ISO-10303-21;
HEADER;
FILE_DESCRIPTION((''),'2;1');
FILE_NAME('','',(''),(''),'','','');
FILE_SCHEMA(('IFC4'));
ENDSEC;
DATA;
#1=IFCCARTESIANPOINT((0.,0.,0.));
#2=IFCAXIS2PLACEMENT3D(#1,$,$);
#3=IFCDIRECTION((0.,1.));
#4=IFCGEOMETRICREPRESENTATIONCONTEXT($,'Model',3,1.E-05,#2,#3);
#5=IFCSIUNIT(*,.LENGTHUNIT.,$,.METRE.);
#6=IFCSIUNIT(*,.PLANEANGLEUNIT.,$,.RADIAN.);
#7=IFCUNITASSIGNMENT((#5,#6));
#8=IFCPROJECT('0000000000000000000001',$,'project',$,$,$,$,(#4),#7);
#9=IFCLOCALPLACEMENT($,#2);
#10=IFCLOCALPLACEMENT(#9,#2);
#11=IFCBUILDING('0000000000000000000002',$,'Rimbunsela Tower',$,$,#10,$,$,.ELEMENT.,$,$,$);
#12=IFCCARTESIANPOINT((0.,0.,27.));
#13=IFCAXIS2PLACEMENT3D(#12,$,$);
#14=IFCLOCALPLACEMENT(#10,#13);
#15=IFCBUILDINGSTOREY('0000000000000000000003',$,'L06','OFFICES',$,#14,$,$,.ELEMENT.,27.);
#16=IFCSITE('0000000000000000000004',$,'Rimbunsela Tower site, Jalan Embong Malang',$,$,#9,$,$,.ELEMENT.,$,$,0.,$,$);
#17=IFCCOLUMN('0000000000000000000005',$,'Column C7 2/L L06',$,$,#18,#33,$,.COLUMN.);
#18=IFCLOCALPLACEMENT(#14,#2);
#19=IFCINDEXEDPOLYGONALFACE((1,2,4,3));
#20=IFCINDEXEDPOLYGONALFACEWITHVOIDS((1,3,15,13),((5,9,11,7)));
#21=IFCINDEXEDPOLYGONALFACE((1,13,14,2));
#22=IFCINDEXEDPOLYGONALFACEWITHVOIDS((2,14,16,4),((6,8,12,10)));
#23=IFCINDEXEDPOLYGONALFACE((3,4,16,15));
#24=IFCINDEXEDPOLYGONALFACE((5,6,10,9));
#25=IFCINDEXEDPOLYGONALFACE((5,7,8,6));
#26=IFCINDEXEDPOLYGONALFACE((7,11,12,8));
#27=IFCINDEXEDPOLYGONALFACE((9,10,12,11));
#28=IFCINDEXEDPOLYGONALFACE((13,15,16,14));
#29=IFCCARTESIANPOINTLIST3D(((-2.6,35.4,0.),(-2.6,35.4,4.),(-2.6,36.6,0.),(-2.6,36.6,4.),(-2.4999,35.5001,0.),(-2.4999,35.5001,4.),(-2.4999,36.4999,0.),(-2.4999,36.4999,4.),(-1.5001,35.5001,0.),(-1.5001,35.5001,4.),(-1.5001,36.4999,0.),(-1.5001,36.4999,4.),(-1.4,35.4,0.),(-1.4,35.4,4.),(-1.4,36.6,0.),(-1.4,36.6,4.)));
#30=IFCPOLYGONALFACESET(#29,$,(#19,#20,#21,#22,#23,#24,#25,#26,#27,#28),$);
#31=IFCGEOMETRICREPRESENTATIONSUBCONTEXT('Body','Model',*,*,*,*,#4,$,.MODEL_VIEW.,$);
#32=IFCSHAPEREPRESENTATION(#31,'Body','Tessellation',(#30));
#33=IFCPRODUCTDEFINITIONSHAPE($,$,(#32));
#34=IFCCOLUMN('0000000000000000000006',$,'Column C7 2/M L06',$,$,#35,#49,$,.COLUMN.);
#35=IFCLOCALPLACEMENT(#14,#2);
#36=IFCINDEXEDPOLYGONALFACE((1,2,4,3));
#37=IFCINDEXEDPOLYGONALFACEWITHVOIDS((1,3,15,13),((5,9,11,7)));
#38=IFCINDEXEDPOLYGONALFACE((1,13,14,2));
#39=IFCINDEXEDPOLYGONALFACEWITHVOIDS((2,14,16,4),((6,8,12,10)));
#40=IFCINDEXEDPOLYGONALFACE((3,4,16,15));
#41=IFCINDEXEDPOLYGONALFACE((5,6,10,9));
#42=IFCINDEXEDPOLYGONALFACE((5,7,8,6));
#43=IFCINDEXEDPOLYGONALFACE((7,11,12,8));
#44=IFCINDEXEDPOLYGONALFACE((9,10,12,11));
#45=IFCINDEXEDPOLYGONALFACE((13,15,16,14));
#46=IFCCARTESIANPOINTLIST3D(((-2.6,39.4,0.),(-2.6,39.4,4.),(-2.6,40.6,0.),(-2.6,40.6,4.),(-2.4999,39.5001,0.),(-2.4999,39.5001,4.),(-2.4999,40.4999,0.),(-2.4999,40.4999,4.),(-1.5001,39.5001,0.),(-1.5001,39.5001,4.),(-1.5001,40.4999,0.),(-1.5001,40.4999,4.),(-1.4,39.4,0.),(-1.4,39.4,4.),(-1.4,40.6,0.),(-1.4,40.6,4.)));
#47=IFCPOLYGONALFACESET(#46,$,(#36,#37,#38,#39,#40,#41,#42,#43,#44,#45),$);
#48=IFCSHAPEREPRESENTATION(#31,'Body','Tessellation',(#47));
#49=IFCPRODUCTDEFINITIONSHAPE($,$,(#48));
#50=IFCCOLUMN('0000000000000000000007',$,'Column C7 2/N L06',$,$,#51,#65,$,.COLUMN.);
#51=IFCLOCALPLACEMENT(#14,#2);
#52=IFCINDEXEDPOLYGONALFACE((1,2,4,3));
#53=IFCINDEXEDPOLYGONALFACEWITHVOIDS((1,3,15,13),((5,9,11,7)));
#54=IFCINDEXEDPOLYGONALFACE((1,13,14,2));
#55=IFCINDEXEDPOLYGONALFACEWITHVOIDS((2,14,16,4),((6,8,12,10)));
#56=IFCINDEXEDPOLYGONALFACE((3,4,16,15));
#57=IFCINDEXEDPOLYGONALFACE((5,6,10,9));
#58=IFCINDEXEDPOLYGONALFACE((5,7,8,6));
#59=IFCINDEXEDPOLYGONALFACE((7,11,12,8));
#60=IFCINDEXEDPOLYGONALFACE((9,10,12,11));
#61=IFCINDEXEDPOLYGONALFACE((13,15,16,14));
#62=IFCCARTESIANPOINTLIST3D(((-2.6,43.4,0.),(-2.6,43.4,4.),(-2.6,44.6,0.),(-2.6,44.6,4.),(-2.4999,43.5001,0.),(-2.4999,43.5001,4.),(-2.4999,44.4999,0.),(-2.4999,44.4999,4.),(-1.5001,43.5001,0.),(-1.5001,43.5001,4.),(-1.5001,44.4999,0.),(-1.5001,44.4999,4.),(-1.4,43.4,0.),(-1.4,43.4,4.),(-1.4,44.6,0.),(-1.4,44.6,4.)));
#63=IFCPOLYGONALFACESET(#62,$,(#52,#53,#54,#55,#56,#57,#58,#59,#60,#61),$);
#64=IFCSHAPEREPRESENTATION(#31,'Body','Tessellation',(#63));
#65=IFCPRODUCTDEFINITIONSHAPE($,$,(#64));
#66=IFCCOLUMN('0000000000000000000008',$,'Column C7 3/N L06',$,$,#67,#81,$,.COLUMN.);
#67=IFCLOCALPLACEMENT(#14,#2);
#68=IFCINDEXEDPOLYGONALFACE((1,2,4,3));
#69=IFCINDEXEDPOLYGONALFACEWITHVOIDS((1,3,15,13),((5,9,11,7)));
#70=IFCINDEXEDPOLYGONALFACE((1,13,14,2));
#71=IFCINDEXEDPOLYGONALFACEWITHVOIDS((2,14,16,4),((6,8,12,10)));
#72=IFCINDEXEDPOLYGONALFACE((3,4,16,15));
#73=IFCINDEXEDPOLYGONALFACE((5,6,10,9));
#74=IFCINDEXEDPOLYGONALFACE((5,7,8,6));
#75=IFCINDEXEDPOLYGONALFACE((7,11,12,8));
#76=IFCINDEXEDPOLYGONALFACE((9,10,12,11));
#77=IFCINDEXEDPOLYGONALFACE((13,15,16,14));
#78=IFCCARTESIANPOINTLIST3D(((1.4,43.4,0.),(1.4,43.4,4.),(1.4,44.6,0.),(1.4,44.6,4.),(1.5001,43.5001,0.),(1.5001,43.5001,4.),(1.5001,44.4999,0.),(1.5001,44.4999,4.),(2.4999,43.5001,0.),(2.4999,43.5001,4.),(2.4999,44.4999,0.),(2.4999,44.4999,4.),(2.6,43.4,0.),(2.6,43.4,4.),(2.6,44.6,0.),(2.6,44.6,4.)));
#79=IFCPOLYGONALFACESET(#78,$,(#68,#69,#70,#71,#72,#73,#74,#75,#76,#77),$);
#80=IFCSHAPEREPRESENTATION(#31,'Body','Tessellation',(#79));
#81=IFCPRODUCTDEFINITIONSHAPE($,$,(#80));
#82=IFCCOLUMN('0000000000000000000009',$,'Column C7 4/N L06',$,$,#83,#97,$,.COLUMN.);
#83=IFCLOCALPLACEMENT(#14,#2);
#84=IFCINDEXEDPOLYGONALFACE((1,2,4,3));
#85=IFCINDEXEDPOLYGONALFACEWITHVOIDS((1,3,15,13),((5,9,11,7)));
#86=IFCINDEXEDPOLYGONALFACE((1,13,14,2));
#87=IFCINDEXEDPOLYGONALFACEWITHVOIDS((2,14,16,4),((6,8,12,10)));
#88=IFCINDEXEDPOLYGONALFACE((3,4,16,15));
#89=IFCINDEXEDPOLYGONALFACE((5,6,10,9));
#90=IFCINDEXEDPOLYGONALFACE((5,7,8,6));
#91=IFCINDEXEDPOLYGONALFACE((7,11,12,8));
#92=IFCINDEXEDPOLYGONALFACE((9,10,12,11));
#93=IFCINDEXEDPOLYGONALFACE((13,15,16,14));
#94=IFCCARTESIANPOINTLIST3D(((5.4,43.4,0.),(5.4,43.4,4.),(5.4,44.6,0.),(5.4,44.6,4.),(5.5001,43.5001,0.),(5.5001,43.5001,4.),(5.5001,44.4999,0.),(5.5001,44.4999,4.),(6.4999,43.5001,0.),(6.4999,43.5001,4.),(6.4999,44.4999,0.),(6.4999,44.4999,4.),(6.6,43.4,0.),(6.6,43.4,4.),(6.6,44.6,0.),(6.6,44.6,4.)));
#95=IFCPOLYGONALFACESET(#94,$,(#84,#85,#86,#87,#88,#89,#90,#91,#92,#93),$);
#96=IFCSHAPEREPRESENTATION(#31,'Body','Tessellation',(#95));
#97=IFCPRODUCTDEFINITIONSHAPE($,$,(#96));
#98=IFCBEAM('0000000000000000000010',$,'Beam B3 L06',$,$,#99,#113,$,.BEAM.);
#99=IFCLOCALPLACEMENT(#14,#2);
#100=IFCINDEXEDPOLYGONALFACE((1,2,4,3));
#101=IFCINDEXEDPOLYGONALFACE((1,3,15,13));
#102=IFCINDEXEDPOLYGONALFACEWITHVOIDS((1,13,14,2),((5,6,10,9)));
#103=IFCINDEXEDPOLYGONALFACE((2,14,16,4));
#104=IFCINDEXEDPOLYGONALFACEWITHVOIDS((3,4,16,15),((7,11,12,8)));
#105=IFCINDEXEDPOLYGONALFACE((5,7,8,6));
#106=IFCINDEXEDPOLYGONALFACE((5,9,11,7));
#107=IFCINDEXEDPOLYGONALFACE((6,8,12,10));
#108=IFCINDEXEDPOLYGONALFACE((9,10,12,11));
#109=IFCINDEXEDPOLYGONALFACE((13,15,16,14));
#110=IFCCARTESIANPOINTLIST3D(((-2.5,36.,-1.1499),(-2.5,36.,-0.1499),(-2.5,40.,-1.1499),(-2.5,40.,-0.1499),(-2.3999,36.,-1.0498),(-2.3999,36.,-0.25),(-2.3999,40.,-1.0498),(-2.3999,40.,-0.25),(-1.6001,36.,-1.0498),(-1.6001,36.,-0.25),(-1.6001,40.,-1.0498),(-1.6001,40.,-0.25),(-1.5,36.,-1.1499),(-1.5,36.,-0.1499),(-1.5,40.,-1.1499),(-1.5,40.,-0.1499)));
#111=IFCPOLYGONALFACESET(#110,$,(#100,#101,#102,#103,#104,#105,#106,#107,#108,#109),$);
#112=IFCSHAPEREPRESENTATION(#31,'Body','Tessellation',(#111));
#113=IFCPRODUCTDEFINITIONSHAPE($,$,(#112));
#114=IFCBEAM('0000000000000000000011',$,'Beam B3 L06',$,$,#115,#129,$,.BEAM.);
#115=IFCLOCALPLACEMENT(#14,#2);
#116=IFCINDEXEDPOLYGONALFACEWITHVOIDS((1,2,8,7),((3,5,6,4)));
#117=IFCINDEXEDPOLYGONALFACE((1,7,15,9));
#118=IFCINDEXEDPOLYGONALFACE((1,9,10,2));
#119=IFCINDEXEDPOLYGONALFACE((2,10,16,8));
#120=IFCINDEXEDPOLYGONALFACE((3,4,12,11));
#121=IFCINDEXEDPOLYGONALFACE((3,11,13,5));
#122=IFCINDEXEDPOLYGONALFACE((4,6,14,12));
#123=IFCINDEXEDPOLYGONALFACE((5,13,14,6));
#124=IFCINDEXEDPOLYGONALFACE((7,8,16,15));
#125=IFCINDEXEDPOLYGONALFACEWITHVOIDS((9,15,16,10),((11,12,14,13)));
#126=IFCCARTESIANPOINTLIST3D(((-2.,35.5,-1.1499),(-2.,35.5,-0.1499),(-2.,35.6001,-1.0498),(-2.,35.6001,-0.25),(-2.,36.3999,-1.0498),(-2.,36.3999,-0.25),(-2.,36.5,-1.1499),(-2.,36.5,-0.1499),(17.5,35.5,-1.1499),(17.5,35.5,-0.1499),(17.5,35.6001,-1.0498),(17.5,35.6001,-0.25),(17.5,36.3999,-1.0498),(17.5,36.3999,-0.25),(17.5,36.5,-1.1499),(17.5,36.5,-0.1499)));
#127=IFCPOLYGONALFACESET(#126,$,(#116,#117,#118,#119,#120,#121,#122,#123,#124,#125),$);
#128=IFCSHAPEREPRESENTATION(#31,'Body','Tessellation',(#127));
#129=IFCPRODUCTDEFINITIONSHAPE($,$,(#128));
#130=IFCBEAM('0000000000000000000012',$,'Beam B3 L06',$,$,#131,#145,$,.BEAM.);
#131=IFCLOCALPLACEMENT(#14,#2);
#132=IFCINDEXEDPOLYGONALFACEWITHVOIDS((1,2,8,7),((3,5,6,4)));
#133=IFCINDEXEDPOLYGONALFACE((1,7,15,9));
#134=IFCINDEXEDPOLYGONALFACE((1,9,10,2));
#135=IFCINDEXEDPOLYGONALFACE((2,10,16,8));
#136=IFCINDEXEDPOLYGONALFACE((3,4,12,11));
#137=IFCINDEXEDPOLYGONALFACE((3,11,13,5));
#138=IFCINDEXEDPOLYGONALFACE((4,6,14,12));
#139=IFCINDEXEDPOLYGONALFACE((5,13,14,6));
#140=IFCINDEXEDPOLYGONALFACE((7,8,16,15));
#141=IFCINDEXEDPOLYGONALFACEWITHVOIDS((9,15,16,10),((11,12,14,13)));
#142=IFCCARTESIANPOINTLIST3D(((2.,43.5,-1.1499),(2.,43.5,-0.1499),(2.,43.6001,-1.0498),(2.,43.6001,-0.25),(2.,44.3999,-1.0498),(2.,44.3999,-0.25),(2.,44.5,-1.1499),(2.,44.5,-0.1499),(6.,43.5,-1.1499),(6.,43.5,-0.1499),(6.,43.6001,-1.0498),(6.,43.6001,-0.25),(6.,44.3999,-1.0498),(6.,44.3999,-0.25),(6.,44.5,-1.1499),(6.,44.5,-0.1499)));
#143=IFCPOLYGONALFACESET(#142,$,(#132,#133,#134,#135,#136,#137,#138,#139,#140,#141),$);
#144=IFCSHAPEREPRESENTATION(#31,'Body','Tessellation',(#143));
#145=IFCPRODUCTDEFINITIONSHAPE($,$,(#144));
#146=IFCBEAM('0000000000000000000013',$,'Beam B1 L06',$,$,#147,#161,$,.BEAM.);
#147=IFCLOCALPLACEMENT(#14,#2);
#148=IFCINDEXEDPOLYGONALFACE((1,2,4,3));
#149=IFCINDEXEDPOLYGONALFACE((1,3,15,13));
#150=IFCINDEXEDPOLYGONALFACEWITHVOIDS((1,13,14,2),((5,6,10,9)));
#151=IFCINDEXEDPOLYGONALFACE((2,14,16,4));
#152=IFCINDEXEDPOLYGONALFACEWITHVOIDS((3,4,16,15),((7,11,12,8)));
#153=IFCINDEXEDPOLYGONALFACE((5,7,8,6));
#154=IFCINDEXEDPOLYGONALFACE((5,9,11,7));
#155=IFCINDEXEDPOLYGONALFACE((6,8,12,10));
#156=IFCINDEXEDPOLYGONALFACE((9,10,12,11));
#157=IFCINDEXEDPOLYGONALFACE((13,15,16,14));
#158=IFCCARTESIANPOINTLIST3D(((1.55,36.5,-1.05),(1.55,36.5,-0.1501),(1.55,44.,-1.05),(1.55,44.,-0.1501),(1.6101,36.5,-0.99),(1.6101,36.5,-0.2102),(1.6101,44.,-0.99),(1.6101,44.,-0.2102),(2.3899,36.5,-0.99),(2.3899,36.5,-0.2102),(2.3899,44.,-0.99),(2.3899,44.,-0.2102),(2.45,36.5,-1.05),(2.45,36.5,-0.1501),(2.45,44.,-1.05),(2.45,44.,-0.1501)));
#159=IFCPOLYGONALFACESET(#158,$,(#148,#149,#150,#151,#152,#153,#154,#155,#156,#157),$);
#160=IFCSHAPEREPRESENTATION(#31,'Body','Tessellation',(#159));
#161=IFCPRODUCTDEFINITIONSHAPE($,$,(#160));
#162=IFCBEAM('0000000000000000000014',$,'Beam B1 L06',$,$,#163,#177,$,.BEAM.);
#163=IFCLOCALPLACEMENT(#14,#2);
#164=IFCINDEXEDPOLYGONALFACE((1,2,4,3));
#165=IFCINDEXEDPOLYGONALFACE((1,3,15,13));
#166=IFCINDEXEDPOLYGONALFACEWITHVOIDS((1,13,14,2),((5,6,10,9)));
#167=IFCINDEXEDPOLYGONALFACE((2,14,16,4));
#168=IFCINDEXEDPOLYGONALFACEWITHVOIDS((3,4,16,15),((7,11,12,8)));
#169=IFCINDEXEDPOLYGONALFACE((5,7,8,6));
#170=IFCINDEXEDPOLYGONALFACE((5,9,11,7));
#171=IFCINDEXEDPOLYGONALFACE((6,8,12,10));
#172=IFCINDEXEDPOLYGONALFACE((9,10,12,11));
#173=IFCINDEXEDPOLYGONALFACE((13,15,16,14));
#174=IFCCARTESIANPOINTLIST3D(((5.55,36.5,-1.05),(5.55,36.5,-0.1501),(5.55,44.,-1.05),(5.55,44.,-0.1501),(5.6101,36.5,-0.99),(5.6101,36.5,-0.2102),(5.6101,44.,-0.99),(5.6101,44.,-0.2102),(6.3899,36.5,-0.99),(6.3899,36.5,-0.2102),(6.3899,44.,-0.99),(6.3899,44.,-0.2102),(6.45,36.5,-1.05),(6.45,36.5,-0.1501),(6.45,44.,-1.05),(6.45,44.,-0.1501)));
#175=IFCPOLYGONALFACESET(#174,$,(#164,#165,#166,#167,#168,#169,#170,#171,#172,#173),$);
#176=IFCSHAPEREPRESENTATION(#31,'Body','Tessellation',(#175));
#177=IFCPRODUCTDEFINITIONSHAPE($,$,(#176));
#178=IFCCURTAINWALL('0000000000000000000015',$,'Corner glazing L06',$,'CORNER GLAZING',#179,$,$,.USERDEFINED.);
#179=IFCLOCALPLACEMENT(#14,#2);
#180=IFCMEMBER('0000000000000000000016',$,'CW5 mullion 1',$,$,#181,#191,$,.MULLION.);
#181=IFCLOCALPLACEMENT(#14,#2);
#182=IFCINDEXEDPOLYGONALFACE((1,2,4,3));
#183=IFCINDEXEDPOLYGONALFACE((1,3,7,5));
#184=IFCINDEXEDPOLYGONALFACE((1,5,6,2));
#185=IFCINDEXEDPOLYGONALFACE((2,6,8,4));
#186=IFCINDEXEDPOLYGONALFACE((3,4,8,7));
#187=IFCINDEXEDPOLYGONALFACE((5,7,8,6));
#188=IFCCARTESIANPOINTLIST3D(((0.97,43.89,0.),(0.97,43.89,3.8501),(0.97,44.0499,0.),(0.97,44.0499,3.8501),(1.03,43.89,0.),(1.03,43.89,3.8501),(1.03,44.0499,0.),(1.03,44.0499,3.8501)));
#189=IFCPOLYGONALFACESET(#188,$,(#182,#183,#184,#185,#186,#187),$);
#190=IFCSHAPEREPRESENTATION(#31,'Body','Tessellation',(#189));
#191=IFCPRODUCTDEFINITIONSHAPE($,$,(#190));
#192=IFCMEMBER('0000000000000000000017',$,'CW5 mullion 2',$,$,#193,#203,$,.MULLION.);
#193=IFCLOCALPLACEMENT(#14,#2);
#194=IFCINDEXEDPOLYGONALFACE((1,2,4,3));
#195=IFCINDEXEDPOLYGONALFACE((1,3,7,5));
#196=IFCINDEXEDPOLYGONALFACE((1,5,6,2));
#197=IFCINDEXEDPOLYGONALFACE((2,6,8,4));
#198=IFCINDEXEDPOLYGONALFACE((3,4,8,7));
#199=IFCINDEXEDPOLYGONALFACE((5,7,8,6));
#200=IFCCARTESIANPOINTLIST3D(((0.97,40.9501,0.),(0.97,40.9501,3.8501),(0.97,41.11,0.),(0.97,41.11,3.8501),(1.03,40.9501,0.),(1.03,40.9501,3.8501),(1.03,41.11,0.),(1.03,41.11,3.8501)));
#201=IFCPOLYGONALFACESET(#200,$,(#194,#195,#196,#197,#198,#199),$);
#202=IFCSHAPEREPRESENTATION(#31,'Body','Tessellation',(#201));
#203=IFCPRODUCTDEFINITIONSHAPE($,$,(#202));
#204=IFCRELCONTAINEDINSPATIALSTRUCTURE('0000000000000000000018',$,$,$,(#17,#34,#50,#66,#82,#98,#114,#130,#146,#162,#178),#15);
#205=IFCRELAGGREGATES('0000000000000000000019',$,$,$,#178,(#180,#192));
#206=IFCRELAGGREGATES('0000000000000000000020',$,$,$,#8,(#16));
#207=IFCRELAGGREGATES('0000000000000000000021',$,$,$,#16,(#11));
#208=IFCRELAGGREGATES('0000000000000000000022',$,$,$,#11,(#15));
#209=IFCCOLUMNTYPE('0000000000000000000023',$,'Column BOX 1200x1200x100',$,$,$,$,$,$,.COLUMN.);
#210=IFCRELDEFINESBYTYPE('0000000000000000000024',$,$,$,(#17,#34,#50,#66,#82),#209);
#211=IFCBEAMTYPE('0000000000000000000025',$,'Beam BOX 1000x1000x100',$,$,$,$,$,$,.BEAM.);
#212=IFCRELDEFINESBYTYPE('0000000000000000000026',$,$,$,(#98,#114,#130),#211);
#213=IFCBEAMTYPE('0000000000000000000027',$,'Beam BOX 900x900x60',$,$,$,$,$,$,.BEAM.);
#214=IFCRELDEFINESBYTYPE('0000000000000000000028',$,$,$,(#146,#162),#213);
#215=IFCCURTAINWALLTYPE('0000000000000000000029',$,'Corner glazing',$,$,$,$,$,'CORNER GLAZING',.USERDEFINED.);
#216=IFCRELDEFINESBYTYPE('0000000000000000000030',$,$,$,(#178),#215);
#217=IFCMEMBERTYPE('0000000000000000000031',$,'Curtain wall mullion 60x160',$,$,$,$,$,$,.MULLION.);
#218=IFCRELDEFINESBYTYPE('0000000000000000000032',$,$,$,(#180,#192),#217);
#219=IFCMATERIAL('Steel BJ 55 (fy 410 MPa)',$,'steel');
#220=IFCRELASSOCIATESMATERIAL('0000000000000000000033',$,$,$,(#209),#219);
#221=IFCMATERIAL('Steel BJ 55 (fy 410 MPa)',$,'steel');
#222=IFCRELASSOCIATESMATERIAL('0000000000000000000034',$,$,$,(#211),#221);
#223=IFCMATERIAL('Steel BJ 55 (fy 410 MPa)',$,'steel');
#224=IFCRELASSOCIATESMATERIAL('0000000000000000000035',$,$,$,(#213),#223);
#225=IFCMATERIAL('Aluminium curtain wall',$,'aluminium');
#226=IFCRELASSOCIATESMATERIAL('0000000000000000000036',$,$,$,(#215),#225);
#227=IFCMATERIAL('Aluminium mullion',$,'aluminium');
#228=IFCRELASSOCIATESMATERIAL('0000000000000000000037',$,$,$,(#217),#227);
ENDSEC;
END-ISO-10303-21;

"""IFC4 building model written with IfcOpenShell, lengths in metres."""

from ifc_helpers import new_model, si_unit, direction, frame, origin, origin_2d, place, context, subcontext, project, spatial, rectangle, hollow_rectangle, extrude, material, material_profile, profile_set, type_object, element, aggregate, save


model = new_model("IFC4")

# Units and contexts
model_context = context("Model", 3, precision=1e-05, world=origin(), true_north=direction((0.0, 1.0)))
body_context = subcontext(model_context, "Body", "Model", "MODEL_VIEW")
ifc_project = project(units=[si_unit("LENGTHUNIT", "METRE"), si_unit("PLANEANGLEUNIT", "RADIAN")], contexts=[model_context])

# Site, building, storey
site_placement = place(None, origin())
site = spatial("IfcSite", under=ifc_project, at=site_placement, Name="Rimbunsela Tower site, Jalan Embong Malang", CompositionType="ELEMENT", RefElevation=0.0)
building_placement = place(site_placement, origin())
building = spatial("IfcBuilding", under=site, at=building_placement, Name="Rimbunsela Tower", CompositionType="ELEMENT")
storey_placement = place(building_placement, frame((0.0, 0.0, 27.0)))
storey = spatial("IfcBuildingStorey", under=building, at=storey_placement, Name="L06", Description="OFFICES", CompositionType="ELEMENT", Elevation=27.0)

# Columns
ifc_material_1 = material(Name="Steel BJ 55 (fy 410 MPa)", Category="steel")
ifc_material_profile_1 = material_profile(ifc_material_1, hollow_rectangle(XDim=1.2, YDim=1.2, WallThickness=0.1001, at=origin_2d()), Name="BOX 1200x1200x100")
ifc_profile_set_1 = profile_set([ifc_material_profile_1], Name="Steel BJ 55 (fy 410 MPa)")
column_type = type_object("IfcColumnType", Name="Column BOX 1200x1200x100", PredefinedType="COLUMN", material=ifc_profile_set_1)
for number, where, z_axis, x_axis, name in (
    (1, (-2.0, 36.0, 0.0), (0.0, 0.0, 1.0), (1.0, 0.0, 0.0), "Column C7 2/L L06"),
    (2, (-2.0, 40.0, 0.0), (0.0, 0.0, 1.0), (1.0, 0.0, 0.0), "Column C7 2/M L06"),
    (3, (-2.0, 44.0, 0.0), (0.0, 0.0, 1.0), (1.0, 0.0, 0.0), "Column C7 2/N L06"),
    (4, (2.0, 44.0, 0.0), (0.0, 0.0, 1.0), (1.0, 0.0, 0.0), "Column C7 3/N L06"),
    (5, (6.0, 44.0, 0.0), (0.0, 0.0, 1.0), (1.0, 0.0, 0.0), "Column C7 4/N L06"),
):
    element("IfcColumn", number, at=place(storey_placement, frame(where, z_axis=z_axis, x_axis=x_axis)), inside=storey, type_object=column_type, Name=name, PredefinedType="COLUMN", context=body_context, shape_type="SweptSolid", body=[
        extrude(hollow_rectangle(XDim=1.2, YDim=1.2, WallThickness=0.1001, at=origin_2d()), origin(), (0.0, 0.0, 1.0), 4.0),
    ])

# Beams
ifc_material_2 = material(Name="Steel BJ 55 (fy 410 MPa)", Category="steel")
ifc_material_profile_2 = material_profile(ifc_material_2, hollow_rectangle(XDim=1.0, YDim=1.0, WallThickness=0.1001, at=origin_2d()), Name="BOX 1000x1000x100")
ifc_profile_set_2 = profile_set([ifc_material_profile_2], Name="Steel BJ 55 (fy 410 MPa)")
beam_type_1 = type_object("IfcBeamType", Name="Beam BOX 1000x1000x100", PredefinedType="BEAM", material=ifc_profile_set_2)
beam_1_placement = place(storey_placement, frame((-2.0, 36.0, -0.6499), z_axis=(0.0, 1.0, 0.0), x_axis=(-1.0, 0.0, 0.0)))
element("IfcBeam", 6, at=beam_1_placement, inside=storey, type_object=beam_type_1, Name="Beam B3 L06", PredefinedType="BEAM", context=body_context, shape_type="SweptSolid", body=[
    extrude(hollow_rectangle(XDim=1.0, YDim=1.0, WallThickness=0.1001, at=origin_2d()), origin(), (0.0, 0.0, 1.0), 4.0),
])
beam_2_placement = place(storey_placement, frame((-2.0, 36.0, -0.6499), z_axis=(1.0, 0.0, 0.0), x_axis=(0.0, 1.0, 0.0)))
element("IfcBeam", 7, at=beam_2_placement, inside=storey, type_object=beam_type_1, Name="Beam B3 L06", PredefinedType="BEAM", context=body_context, shape_type="SweptSolid", body=[
    extrude(hollow_rectangle(XDim=1.0, YDim=1.0, WallThickness=0.1001, at=origin_2d()), origin(), (0.0, 0.0, 1.0), 19.5),
])
beam_3_placement = place(storey_placement, frame((2.0, 44.0, -0.6499), z_axis=(1.0, 0.0, 0.0), x_axis=(0.0, 1.0, 0.0)))
element("IfcBeam", 8, at=beam_3_placement, inside=storey, type_object=beam_type_1, Name="Beam B3 L06", PredefinedType="BEAM", context=body_context, shape_type="SweptSolid", body=[
    extrude(hollow_rectangle(XDim=1.0, YDim=1.0, WallThickness=0.1001, at=origin_2d()), origin(), (0.0, 0.0, 1.0), 4.0),
])
ifc_material_3 = material(Name="Steel BJ 55 (fy 410 MPa)", Category="steel")
ifc_material_profile_3 = material_profile(ifc_material_3, hollow_rectangle(XDim=0.8999, YDim=0.8999, WallThickness=0.0601, at=origin_2d()), Name="BOX 900x900x60")
ifc_profile_set_3 = profile_set([ifc_material_profile_3], Name="Steel BJ 55 (fy 410 MPa)")
beam_type_2 = type_object("IfcBeamType", Name="Beam BOX 900x900x60", PredefinedType="BEAM", material=ifc_profile_set_3)
for number, where, z_axis, x_axis, name in (
    (9, (2.0, 36.5, -0.6001), (0.0, 1.0, 0.0), (-1.0, 0.0, 0.0), "Beam B1 L06"),
    (10, (6.0, 36.5, -0.6001), (0.0, 1.0, 0.0), (-1.0, 0.0, 0.0), "Beam B1 L06"),
):
    element("IfcBeam", number, at=place(storey_placement, frame(where, z_axis=z_axis, x_axis=x_axis)), inside=storey, type_object=beam_type_2, Name=name, PredefinedType="BEAM", context=body_context, shape_type="SweptSolid", body=[
        extrude(hollow_rectangle(XDim=0.8999, YDim=0.8999, WallThickness=0.0601, at=origin_2d()), origin(), (0.0, 0.0, 1.0), 7.5),
    ])

# Curtain wall, members
ifc_material_4 = material(Name="Aluminium curtain wall", Category="aluminium")
curtain_wall_type = type_object("IfcCurtainWallType", Name="Corner glazing", ElementType="CORNER GLAZING", PredefinedType="USERDEFINED", material=ifc_material_4)
curtain_wall_1_placement = place(storey_placement, origin())
curtain_wall_1 = element("IfcCurtainWall", 11, at=curtain_wall_1_placement, inside=storey, type_object=curtain_wall_type, Name="Corner glazing L06", ObjectType="CORNER GLAZING", PredefinedType="USERDEFINED")
ifc_material_5 = material(Name="Aluminium mullion", Category="aluminium")
ifc_material_profile_4 = material_profile(ifc_material_5, rectangle(XDim=0.0601, YDim=0.1599, at=origin_2d()), Name="Mullion 60x160")
ifc_profile_set_4 = profile_set([ifc_material_profile_4], Name="Aluminium mullion")
member_type_1 = type_object("IfcMemberType", Name="Curtain wall mullion 60x160", PredefinedType="MULLION", material=ifc_profile_set_4)
member_1_placement = place(storey_placement, frame((1.0, 43.97, 0.0), z_axis=(0.0, 0.0, 1.0), x_axis=(1.0, 0.0, 0.0)))
member_1 = element("IfcMember", 12, at=member_1_placement, type_object=member_type_1, Name="CW5 mullion 1", PredefinedType="MULLION", context=body_context, shape_type="SweptSolid", body=[
    extrude(rectangle(XDim=0.0601, YDim=0.1599, at=origin_2d()), origin(), (0.0, 0.0, 1.0), 3.8501),
])
member_2_placement = place(storey_placement, frame((1.0, 41.03, 0.0), z_axis=(0.0, 0.0, 1.0), x_axis=(1.0, 0.0, 0.0)))
member_2 = element("IfcMember", 13, at=member_2_placement, type_object=member_type_1, Name="CW5 mullion 2", PredefinedType="MULLION", context=body_context, shape_type="SweptSolid", body=[
    extrude(rectangle(XDim=0.0601, YDim=0.1599, at=origin_2d()), origin(), (0.0, 0.0, 1.0), 3.8501),
])

aggregate(curtain_wall_1, [member_1, member_2])

save(model, "model.ifc")
